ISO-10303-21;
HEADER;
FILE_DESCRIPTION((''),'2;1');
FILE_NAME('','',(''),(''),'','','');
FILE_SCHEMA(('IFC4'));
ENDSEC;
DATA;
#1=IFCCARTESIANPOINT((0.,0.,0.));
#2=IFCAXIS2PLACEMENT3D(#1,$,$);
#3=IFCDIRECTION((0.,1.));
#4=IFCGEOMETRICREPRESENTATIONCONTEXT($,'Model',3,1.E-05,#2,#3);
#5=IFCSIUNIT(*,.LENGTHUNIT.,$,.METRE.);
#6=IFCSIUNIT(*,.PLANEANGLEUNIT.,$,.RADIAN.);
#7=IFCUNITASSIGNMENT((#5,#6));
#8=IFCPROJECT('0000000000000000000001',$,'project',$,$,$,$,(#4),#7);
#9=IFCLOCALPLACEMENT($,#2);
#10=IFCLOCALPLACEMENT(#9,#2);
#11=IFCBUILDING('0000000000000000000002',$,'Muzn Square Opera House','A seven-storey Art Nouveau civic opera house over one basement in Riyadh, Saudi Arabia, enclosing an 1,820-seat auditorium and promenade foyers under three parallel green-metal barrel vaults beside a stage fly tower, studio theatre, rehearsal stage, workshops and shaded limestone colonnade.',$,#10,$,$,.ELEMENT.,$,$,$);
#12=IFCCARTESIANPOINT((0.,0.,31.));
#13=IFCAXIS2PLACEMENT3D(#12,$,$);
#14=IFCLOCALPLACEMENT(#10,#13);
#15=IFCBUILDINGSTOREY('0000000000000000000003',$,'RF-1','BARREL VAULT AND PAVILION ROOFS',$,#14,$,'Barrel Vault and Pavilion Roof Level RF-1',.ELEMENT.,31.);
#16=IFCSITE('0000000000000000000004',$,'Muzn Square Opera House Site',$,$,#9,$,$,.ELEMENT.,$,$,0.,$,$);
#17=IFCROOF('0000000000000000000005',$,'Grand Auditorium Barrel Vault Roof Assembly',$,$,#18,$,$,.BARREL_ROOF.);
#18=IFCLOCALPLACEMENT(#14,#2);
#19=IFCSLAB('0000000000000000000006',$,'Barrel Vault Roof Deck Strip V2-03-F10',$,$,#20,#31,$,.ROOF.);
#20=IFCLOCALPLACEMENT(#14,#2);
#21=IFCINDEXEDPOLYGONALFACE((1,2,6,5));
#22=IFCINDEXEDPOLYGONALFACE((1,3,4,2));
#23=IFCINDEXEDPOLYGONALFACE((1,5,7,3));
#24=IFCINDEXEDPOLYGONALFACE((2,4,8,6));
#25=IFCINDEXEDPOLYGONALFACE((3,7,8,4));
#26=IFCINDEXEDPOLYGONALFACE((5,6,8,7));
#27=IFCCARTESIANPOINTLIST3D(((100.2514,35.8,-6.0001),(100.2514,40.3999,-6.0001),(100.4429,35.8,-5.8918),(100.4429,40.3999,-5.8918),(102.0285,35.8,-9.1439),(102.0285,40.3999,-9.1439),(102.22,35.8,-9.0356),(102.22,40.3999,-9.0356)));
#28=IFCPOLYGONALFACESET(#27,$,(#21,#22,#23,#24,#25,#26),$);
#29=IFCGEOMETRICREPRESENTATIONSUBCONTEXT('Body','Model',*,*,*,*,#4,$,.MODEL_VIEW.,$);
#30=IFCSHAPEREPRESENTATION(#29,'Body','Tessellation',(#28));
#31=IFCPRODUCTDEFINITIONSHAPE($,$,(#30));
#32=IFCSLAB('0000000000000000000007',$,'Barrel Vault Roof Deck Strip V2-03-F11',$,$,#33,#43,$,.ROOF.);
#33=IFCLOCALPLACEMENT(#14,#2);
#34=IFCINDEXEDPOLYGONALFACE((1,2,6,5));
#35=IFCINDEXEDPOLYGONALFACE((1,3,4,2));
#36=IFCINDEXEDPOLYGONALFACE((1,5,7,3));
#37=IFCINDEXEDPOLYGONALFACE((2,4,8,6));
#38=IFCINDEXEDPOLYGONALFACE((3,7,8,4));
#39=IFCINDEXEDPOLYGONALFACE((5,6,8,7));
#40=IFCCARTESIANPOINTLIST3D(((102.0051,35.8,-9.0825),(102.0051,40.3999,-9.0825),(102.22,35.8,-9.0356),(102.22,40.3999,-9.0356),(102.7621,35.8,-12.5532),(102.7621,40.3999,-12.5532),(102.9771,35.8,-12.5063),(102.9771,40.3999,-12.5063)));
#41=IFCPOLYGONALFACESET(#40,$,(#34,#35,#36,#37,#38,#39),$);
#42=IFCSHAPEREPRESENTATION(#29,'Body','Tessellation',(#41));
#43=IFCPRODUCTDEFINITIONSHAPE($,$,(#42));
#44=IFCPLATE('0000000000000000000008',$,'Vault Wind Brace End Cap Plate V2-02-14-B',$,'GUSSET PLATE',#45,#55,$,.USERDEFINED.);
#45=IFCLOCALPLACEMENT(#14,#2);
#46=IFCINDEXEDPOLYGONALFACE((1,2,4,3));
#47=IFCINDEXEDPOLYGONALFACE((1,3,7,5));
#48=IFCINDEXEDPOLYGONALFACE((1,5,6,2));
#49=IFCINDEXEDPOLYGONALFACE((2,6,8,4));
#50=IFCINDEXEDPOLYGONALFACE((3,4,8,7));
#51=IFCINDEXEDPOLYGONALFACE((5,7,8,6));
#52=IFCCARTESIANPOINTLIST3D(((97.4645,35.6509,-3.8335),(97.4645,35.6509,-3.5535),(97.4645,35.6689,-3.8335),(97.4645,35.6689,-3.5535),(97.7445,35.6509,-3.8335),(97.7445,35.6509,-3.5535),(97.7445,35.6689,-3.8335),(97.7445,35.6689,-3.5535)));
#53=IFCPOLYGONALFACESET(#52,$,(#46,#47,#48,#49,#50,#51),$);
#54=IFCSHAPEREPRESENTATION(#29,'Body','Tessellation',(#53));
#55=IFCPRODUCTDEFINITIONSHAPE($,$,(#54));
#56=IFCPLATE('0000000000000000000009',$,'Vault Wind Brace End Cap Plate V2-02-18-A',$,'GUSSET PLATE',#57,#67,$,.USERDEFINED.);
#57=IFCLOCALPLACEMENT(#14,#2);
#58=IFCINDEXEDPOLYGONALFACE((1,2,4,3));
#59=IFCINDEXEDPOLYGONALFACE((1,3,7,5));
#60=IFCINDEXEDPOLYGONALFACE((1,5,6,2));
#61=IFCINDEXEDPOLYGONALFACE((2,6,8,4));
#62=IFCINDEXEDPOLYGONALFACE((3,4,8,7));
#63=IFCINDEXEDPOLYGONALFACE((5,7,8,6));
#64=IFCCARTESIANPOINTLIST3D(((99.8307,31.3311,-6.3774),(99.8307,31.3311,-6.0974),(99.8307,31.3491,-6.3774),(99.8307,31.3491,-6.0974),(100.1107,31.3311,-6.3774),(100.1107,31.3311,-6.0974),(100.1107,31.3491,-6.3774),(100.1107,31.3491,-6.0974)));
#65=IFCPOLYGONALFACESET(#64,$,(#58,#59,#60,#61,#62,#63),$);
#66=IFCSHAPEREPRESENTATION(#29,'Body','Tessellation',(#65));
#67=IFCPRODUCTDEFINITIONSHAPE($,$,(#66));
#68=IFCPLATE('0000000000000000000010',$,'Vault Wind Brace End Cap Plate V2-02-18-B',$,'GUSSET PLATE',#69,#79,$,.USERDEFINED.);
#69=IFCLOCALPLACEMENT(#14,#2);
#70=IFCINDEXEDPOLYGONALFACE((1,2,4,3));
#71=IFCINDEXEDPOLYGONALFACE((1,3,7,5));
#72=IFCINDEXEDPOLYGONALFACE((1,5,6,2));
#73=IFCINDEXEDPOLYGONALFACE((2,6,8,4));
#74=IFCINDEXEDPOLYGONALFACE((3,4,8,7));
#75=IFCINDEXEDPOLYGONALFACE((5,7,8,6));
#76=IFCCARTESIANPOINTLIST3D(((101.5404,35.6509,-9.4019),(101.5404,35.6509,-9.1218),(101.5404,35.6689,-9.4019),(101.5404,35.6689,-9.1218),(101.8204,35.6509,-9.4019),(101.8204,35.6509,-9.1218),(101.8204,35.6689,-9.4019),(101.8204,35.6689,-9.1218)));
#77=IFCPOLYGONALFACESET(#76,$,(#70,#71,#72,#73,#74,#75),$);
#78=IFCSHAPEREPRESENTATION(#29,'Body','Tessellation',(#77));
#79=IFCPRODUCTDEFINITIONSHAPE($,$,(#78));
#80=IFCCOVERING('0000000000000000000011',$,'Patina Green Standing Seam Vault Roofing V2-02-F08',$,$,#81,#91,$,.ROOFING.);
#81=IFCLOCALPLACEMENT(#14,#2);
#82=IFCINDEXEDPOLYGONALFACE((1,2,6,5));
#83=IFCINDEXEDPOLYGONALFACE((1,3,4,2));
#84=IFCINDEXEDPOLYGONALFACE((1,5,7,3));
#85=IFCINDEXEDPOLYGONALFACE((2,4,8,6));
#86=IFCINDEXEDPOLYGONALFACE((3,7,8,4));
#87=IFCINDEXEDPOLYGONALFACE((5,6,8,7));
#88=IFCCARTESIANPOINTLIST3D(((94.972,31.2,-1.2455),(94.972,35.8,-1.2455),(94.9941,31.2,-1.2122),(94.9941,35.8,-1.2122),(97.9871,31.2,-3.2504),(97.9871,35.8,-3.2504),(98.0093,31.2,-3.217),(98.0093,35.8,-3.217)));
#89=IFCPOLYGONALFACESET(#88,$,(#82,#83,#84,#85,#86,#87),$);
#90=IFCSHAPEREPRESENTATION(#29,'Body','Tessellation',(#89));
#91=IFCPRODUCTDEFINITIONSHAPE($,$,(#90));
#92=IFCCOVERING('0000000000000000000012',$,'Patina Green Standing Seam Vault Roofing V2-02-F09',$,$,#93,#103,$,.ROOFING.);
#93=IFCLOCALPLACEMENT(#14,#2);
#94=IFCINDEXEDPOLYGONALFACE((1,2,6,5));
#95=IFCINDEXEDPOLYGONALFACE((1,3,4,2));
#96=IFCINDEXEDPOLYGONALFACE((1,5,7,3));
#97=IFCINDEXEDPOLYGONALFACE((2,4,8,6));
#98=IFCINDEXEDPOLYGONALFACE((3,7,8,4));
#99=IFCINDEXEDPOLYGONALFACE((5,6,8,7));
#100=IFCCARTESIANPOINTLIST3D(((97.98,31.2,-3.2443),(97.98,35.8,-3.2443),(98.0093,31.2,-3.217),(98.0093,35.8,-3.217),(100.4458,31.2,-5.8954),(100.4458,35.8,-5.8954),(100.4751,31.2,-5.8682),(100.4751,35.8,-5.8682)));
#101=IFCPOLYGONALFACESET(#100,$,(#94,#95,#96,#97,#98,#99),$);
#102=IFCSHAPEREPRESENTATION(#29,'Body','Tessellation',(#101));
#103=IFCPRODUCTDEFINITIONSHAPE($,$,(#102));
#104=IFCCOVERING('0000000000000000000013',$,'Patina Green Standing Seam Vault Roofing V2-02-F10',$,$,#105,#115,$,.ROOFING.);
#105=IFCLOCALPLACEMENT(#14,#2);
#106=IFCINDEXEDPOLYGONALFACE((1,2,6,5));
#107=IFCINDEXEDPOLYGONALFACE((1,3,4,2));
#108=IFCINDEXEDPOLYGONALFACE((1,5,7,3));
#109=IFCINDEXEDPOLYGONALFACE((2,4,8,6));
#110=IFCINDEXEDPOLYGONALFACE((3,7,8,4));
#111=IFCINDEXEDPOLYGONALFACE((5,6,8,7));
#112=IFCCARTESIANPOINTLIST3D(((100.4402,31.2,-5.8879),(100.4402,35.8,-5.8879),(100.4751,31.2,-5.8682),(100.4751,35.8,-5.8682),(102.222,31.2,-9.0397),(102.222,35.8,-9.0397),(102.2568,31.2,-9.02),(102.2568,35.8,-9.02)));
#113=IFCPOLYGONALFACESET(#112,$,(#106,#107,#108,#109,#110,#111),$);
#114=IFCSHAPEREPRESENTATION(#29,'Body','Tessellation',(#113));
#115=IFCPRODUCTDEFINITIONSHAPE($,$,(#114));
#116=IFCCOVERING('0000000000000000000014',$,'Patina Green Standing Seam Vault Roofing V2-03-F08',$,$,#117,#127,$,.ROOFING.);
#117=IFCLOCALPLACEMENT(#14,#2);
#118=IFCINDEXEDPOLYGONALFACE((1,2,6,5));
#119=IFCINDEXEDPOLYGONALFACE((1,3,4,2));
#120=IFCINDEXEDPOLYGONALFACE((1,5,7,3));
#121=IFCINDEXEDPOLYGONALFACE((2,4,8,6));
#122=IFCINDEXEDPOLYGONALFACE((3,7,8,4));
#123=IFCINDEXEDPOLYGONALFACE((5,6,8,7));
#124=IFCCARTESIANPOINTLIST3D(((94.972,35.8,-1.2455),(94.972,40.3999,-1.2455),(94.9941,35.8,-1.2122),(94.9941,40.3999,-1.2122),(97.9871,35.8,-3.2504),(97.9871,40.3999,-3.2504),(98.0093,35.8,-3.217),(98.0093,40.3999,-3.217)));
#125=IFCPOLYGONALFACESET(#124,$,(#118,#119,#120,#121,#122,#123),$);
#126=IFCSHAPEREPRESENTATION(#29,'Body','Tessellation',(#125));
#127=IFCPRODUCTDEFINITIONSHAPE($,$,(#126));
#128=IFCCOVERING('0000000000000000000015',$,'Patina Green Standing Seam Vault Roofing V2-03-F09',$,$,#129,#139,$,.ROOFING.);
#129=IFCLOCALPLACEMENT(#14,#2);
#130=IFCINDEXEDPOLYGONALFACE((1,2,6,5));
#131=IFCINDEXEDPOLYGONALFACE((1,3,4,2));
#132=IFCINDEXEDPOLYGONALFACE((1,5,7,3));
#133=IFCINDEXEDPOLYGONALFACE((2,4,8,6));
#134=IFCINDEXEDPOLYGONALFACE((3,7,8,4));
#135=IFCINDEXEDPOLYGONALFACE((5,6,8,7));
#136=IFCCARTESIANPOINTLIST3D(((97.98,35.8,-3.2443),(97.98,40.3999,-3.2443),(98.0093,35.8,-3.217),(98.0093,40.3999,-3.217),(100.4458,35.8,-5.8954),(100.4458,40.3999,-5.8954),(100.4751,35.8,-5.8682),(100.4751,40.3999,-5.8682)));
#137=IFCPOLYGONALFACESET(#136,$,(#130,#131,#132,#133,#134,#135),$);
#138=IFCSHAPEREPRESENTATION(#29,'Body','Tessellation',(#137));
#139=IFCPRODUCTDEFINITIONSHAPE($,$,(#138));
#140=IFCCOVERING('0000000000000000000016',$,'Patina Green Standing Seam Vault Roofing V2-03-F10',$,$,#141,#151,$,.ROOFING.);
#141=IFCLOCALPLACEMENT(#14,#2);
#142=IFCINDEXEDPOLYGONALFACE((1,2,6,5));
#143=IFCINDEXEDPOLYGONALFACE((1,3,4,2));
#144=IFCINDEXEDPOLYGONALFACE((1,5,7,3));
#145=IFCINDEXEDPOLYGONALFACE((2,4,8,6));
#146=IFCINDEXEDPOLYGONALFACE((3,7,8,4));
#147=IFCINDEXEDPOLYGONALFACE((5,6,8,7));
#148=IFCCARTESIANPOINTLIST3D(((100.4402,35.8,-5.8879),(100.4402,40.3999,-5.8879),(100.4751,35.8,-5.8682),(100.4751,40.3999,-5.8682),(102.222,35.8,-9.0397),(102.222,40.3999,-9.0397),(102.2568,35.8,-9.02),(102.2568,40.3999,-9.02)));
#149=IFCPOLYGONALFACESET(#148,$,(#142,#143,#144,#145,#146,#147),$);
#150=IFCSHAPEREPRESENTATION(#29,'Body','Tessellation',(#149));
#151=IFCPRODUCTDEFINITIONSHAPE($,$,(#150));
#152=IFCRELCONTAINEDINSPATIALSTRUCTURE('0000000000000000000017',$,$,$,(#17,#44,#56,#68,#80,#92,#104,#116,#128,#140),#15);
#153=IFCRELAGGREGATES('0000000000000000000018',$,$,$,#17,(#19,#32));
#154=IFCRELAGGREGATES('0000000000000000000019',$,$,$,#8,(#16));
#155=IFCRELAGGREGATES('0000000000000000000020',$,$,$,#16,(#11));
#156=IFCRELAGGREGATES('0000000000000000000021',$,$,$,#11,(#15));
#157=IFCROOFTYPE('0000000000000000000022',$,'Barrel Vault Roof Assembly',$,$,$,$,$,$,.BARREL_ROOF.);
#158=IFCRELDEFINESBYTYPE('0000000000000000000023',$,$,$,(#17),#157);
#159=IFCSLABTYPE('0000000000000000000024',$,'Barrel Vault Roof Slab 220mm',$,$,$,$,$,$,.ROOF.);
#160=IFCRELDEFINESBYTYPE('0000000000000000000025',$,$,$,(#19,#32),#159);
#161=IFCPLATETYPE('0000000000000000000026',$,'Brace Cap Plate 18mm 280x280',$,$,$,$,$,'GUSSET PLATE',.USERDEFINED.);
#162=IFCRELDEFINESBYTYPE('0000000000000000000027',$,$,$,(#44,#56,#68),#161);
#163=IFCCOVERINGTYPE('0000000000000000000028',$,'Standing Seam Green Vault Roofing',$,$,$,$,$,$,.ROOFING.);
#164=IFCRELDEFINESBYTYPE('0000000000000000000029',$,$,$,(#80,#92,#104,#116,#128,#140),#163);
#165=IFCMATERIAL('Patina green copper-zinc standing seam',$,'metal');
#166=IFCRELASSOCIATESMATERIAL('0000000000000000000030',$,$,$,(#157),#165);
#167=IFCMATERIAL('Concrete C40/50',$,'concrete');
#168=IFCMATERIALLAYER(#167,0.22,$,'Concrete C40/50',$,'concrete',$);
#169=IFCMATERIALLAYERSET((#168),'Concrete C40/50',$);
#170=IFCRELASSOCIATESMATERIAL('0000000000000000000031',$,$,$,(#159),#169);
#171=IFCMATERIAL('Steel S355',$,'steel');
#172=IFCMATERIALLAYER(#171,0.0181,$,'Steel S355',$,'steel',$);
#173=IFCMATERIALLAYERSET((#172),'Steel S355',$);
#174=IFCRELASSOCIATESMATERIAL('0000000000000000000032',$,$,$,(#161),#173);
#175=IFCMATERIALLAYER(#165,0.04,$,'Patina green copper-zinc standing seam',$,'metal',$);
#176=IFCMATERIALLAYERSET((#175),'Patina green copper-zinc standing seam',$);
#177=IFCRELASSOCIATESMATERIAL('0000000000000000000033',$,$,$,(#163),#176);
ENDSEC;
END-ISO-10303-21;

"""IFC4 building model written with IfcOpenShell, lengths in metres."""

from ifc_helpers import new_model, si_unit, direction, frame, origin, origin_2d, place, context, subcontext, project, spatial, polyline, rectangle, outline, extrude, material, layer, layer_set, type_object, element, aggregate, save


model = new_model("IFC4")

# Units and contexts
model_context = context("Model", 3, precision=1e-05, world=origin(), true_north=direction((0.0, 1.0)))
body_context = subcontext(model_context, "Body", "Model", "MODEL_VIEW")
ifc_project = project(units=[si_unit("LENGTHUNIT", "METRE"), si_unit("PLANEANGLEUNIT", "RADIAN")], contexts=[model_context])

# Site, building, storey
site_placement = place(None, origin())
site = spatial("IfcSite", under=ifc_project, at=site_placement, Name="Muzn Square Opera House Site", CompositionType="ELEMENT", RefElevation=0.0)
building_placement = place(site_placement, origin())
building = spatial("IfcBuilding", under=site, at=building_placement, Name="Muzn Square Opera House", Description="A seven-storey Art Nouveau civic opera house over one basement in Riyadh, Saudi Arabia, enclosing an 1,820-seat auditorium and promenade foyers under three parallel green-metal barrel vaults beside a stage fly tower, studio theatre, rehearsal stage, workshops and shaded limestone colonnade.", CompositionType="ELEMENT")
storey_placement = place(building_placement, frame((0.0, 0.0, 31.0)))
storey = spatial("IfcBuildingStorey", under=building, at=storey_placement, Name="RF-1", Description="BARREL VAULT AND PAVILION ROOFS", LongName="Barrel Vault and Pavilion Roof Level RF-1", CompositionType="ELEMENT", Elevation=31.0)

# Shared definitions
ifc_material_1 = material(Name="Steel S355", Category="steel")

# Roof, slabs
ifc_material_2 = material(Name="Patina green copper-zinc standing seam", Category="metal")
roof_type = type_object("IfcRoofType", Name="Barrel Vault Roof Assembly", PredefinedType="BARREL_ROOF", material=ifc_material_2)
roof_placement = place(storey_placement, origin())
roof = element("IfcRoof", 1, at=roof_placement, inside=storey, type_object=roof_type, Name="Grand Auditorium Barrel Vault Roof Assembly", PredefinedType="BARREL_ROOF")
ifc_material_3 = material(Name="Concrete C40/50", Category="concrete")
ifc_layer_1 = layer(ifc_material_3, 0.22, Name="Concrete C40/50", Category="concrete")
ifc_layer_set_1 = layer_set([ifc_layer_1], Name="Concrete C40/50")
slab_type = type_object("IfcSlabType", Name="Barrel Vault Roof Slab 220mm", PredefinedType="ROOF", material=ifc_layer_set_1)
slab_1_placement = place(storey_placement, frame((100.4429, 35.8, -5.8918), z_axis=(0.870543, 0.0, 0.492093), x_axis=(0.492093, 0.0, -0.870543)))
slab_1 = element("IfcSlab", 2, at=slab_1_placement, type_object=slab_type, Name="Barrel Vault Roof Deck Strip V2-03-F10", PredefinedType="ROOF", context=body_context, shape_type="SweptSolid", body=[
    extrude(outline(polyline([(0.0, 0.0), (3.6113, 0.0), (3.6113, 4.5999), (0.0, 4.5999), (0.0, 0.0)])), origin(), (0.0, 0.0, -1.0), 0.22),
])
slab_2_placement = place(storey_placement, frame((102.22, 35.8, -9.0356), z_axis=(0.977025, 0.0, 0.213123), x_axis=(0.213123, 0.0, -0.977025)))
slab_2 = element("IfcSlab", 3, at=slab_2_placement, type_object=slab_type, Name="Barrel Vault Roof Deck Strip V2-03-F11", PredefinedType="ROOF", context=body_context, shape_type="SweptSolid", body=[
    extrude(outline(polyline([(0.0, 0.0), (3.5523, 0.0), (3.5523, 4.5999), (0.0, 4.5999), (0.0, 0.0)])), origin(), (0.0, 0.0, -1.0), 0.22),
])
aggregate(roof, [slab_1, slab_2])

# Plates
ifc_layer_2 = layer(ifc_material_1, 0.0181, Name="Steel S355", Category="steel")
ifc_layer_set_2 = layer_set([ifc_layer_2], Name="Steel S355")
plate_type = type_object("IfcPlateType", Name="Brace Cap Plate 18mm 280x280", ElementType="GUSSET PLATE", PredefinedType="USERDEFINED", material=ifc_layer_set_2)
for number, where, z_axis, x_axis, name in (
    (4, (97.6045, 35.6599, -3.8335), (0.0, 0.0, 1.0), (1.0, 0.0, 0.0), "Vault Wind Brace End Cap Plate V2-02-14-B"),
    (5, (99.9707, 31.3401, -6.3774), (0.0, 0.0, 1.0), (1.0, 0.0, 0.0), "Vault Wind Brace End Cap Plate V2-02-18-A"),
    (6, (101.6804, 35.6599, -9.4019), (0.0, 0.0, 1.0), (1.0, 0.0, 0.0), "Vault Wind Brace End Cap Plate V2-02-18-B"),
):
    element("IfcPlate", number, at=place(storey_placement, frame(where, z_axis=z_axis, x_axis=x_axis)), inside=storey, type_object=plate_type, Name=name, ObjectType="GUSSET PLATE", PredefinedType="USERDEFINED", context=body_context, shape_type="SweptSolid", body=[
        extrude(rectangle(XDim=0.28, YDim=0.0181, at=origin_2d()), origin(), (0.0, 0.0, 1.0), 0.28),
    ])

# Coverings
ifc_layer_3 = layer(ifc_material_2, 0.04, Name="Patina green copper-zinc standing seam", Category="metal")
ifc_layer_set_3 = layer_set([ifc_layer_3], Name="Patina green copper-zinc standing seam")
covering_type = type_object("IfcCoveringType", Name="Standing Seam Green Vault Roofing", PredefinedType="ROOFING", material=ifc_layer_set_3)
covering_1_placement = place(storey_placement, frame((94.9941, 31.2, -1.2122), z_axis=(0.553704, 0.0, 0.832714), x_axis=(0.832714, 0.0, -0.553704)))
element("IfcCovering", 7, at=covering_1_placement, inside=storey, type_object=covering_type, Name="Patina Green Standing Seam Vault Roofing V2-02-F08", PredefinedType="ROOFING", context=body_context, shape_type="SweptSolid", body=[
    extrude(outline(polyline([(0.0, 0.0), (3.6209, 0.0), (3.6209, 4.6001), (0.0, 4.6001), (0.0, 0.0)])), origin(), (0.0, 0.0, -1.0), 0.04),
])
covering_2_placement = place(storey_placement, frame((98.0093, 31.2, -3.217), z_axis=(0.732234, 0.0, 0.681053), x_axis=(0.681053, 0.0, -0.732234)))
element("IfcCovering", 8, at=covering_2_placement, inside=storey, type_object=covering_type, Name="Patina Green Standing Seam Vault Roofing V2-02-F09", PredefinedType="ROOFING", context=body_context, shape_type="SweptSolid", body=[
    extrude(outline(polyline([(0.0, 0.0), (3.6206, 0.0), (3.6206, 4.6001), (0.0, 4.6001), (0.0, 0.0)])), origin(), (0.0, 0.0, -1.0), 0.04),
])
covering_3_placement = place(storey_placement, frame((100.4751, 31.2, -5.8682), z_axis=(0.870533, 0.0, 0.492111), x_axis=(0.492111, 0.0, -0.870533)))
element("IfcCovering", 9, at=covering_3_placement, inside=storey, type_object=covering_type, Name="Patina Green Standing Seam Vault Roofing V2-02-F10", PredefinedType="ROOFING", context=body_context, shape_type="SweptSolid", body=[
    extrude(outline(polyline([(0.0, 0.0), (3.6206, 0.0), (3.6206, 4.6001), (0.0, 4.6001), (0.0, 0.0)])), origin(), (0.0, 0.0, -1.0), 0.04),
])
covering_4_placement = place(storey_placement, frame((94.9941, 35.8, -1.2122), z_axis=(0.553704, 0.0, 0.832714), x_axis=(0.832714, 0.0, -0.553704)))
element("IfcCovering", 10, at=covering_4_placement, inside=storey, type_object=covering_type, Name="Patina Green Standing Seam Vault Roofing V2-03-F08", PredefinedType="ROOFING", context=body_context, shape_type="SweptSolid", body=[
    extrude(outline(polyline([(0.0, 0.0), (3.6209, 0.0), (3.6209, 4.5999), (0.0, 4.5999), (0.0, 0.0)])), origin(), (0.0, 0.0, -1.0), 0.04),
])
covering_5_placement = place(storey_placement, frame((98.0093, 35.8, -3.217), z_axis=(0.732234, 0.0, 0.681053), x_axis=(0.681053, 0.0, -0.732234)))
element("IfcCovering", 11, at=covering_5_placement, inside=storey, type_object=covering_type, Name="Patina Green Standing Seam Vault Roofing V2-03-F09", PredefinedType="ROOFING", context=body_context, shape_type="SweptSolid", body=[
    extrude(outline(polyline([(0.0, 0.0), (3.6206, 0.0), (3.6206, 4.5999), (0.0, 4.5999), (0.0, 0.0)])), origin(), (0.0, 0.0, -1.0), 0.04),
])
covering_6_placement = place(storey_placement, frame((100.4751, 35.8, -5.8682), z_axis=(0.870533, 0.0, 0.492111), x_axis=(0.492111, 0.0, -0.870533)))
element("IfcCovering", 12, at=covering_6_placement, inside=storey, type_object=covering_type, Name="Patina Green Standing Seam Vault Roofing V2-03-F10", PredefinedType="ROOFING", context=body_context, shape_type="SweptSolid", body=[
    extrude(outline(polyline([(0.0, 0.0), (3.6206, 0.0), (3.6206, 4.5999), (0.0, 4.5999), (0.0, 0.0)])), origin(), (0.0, 0.0, -1.0), 0.04),
])

save(model, "model.ifc")
